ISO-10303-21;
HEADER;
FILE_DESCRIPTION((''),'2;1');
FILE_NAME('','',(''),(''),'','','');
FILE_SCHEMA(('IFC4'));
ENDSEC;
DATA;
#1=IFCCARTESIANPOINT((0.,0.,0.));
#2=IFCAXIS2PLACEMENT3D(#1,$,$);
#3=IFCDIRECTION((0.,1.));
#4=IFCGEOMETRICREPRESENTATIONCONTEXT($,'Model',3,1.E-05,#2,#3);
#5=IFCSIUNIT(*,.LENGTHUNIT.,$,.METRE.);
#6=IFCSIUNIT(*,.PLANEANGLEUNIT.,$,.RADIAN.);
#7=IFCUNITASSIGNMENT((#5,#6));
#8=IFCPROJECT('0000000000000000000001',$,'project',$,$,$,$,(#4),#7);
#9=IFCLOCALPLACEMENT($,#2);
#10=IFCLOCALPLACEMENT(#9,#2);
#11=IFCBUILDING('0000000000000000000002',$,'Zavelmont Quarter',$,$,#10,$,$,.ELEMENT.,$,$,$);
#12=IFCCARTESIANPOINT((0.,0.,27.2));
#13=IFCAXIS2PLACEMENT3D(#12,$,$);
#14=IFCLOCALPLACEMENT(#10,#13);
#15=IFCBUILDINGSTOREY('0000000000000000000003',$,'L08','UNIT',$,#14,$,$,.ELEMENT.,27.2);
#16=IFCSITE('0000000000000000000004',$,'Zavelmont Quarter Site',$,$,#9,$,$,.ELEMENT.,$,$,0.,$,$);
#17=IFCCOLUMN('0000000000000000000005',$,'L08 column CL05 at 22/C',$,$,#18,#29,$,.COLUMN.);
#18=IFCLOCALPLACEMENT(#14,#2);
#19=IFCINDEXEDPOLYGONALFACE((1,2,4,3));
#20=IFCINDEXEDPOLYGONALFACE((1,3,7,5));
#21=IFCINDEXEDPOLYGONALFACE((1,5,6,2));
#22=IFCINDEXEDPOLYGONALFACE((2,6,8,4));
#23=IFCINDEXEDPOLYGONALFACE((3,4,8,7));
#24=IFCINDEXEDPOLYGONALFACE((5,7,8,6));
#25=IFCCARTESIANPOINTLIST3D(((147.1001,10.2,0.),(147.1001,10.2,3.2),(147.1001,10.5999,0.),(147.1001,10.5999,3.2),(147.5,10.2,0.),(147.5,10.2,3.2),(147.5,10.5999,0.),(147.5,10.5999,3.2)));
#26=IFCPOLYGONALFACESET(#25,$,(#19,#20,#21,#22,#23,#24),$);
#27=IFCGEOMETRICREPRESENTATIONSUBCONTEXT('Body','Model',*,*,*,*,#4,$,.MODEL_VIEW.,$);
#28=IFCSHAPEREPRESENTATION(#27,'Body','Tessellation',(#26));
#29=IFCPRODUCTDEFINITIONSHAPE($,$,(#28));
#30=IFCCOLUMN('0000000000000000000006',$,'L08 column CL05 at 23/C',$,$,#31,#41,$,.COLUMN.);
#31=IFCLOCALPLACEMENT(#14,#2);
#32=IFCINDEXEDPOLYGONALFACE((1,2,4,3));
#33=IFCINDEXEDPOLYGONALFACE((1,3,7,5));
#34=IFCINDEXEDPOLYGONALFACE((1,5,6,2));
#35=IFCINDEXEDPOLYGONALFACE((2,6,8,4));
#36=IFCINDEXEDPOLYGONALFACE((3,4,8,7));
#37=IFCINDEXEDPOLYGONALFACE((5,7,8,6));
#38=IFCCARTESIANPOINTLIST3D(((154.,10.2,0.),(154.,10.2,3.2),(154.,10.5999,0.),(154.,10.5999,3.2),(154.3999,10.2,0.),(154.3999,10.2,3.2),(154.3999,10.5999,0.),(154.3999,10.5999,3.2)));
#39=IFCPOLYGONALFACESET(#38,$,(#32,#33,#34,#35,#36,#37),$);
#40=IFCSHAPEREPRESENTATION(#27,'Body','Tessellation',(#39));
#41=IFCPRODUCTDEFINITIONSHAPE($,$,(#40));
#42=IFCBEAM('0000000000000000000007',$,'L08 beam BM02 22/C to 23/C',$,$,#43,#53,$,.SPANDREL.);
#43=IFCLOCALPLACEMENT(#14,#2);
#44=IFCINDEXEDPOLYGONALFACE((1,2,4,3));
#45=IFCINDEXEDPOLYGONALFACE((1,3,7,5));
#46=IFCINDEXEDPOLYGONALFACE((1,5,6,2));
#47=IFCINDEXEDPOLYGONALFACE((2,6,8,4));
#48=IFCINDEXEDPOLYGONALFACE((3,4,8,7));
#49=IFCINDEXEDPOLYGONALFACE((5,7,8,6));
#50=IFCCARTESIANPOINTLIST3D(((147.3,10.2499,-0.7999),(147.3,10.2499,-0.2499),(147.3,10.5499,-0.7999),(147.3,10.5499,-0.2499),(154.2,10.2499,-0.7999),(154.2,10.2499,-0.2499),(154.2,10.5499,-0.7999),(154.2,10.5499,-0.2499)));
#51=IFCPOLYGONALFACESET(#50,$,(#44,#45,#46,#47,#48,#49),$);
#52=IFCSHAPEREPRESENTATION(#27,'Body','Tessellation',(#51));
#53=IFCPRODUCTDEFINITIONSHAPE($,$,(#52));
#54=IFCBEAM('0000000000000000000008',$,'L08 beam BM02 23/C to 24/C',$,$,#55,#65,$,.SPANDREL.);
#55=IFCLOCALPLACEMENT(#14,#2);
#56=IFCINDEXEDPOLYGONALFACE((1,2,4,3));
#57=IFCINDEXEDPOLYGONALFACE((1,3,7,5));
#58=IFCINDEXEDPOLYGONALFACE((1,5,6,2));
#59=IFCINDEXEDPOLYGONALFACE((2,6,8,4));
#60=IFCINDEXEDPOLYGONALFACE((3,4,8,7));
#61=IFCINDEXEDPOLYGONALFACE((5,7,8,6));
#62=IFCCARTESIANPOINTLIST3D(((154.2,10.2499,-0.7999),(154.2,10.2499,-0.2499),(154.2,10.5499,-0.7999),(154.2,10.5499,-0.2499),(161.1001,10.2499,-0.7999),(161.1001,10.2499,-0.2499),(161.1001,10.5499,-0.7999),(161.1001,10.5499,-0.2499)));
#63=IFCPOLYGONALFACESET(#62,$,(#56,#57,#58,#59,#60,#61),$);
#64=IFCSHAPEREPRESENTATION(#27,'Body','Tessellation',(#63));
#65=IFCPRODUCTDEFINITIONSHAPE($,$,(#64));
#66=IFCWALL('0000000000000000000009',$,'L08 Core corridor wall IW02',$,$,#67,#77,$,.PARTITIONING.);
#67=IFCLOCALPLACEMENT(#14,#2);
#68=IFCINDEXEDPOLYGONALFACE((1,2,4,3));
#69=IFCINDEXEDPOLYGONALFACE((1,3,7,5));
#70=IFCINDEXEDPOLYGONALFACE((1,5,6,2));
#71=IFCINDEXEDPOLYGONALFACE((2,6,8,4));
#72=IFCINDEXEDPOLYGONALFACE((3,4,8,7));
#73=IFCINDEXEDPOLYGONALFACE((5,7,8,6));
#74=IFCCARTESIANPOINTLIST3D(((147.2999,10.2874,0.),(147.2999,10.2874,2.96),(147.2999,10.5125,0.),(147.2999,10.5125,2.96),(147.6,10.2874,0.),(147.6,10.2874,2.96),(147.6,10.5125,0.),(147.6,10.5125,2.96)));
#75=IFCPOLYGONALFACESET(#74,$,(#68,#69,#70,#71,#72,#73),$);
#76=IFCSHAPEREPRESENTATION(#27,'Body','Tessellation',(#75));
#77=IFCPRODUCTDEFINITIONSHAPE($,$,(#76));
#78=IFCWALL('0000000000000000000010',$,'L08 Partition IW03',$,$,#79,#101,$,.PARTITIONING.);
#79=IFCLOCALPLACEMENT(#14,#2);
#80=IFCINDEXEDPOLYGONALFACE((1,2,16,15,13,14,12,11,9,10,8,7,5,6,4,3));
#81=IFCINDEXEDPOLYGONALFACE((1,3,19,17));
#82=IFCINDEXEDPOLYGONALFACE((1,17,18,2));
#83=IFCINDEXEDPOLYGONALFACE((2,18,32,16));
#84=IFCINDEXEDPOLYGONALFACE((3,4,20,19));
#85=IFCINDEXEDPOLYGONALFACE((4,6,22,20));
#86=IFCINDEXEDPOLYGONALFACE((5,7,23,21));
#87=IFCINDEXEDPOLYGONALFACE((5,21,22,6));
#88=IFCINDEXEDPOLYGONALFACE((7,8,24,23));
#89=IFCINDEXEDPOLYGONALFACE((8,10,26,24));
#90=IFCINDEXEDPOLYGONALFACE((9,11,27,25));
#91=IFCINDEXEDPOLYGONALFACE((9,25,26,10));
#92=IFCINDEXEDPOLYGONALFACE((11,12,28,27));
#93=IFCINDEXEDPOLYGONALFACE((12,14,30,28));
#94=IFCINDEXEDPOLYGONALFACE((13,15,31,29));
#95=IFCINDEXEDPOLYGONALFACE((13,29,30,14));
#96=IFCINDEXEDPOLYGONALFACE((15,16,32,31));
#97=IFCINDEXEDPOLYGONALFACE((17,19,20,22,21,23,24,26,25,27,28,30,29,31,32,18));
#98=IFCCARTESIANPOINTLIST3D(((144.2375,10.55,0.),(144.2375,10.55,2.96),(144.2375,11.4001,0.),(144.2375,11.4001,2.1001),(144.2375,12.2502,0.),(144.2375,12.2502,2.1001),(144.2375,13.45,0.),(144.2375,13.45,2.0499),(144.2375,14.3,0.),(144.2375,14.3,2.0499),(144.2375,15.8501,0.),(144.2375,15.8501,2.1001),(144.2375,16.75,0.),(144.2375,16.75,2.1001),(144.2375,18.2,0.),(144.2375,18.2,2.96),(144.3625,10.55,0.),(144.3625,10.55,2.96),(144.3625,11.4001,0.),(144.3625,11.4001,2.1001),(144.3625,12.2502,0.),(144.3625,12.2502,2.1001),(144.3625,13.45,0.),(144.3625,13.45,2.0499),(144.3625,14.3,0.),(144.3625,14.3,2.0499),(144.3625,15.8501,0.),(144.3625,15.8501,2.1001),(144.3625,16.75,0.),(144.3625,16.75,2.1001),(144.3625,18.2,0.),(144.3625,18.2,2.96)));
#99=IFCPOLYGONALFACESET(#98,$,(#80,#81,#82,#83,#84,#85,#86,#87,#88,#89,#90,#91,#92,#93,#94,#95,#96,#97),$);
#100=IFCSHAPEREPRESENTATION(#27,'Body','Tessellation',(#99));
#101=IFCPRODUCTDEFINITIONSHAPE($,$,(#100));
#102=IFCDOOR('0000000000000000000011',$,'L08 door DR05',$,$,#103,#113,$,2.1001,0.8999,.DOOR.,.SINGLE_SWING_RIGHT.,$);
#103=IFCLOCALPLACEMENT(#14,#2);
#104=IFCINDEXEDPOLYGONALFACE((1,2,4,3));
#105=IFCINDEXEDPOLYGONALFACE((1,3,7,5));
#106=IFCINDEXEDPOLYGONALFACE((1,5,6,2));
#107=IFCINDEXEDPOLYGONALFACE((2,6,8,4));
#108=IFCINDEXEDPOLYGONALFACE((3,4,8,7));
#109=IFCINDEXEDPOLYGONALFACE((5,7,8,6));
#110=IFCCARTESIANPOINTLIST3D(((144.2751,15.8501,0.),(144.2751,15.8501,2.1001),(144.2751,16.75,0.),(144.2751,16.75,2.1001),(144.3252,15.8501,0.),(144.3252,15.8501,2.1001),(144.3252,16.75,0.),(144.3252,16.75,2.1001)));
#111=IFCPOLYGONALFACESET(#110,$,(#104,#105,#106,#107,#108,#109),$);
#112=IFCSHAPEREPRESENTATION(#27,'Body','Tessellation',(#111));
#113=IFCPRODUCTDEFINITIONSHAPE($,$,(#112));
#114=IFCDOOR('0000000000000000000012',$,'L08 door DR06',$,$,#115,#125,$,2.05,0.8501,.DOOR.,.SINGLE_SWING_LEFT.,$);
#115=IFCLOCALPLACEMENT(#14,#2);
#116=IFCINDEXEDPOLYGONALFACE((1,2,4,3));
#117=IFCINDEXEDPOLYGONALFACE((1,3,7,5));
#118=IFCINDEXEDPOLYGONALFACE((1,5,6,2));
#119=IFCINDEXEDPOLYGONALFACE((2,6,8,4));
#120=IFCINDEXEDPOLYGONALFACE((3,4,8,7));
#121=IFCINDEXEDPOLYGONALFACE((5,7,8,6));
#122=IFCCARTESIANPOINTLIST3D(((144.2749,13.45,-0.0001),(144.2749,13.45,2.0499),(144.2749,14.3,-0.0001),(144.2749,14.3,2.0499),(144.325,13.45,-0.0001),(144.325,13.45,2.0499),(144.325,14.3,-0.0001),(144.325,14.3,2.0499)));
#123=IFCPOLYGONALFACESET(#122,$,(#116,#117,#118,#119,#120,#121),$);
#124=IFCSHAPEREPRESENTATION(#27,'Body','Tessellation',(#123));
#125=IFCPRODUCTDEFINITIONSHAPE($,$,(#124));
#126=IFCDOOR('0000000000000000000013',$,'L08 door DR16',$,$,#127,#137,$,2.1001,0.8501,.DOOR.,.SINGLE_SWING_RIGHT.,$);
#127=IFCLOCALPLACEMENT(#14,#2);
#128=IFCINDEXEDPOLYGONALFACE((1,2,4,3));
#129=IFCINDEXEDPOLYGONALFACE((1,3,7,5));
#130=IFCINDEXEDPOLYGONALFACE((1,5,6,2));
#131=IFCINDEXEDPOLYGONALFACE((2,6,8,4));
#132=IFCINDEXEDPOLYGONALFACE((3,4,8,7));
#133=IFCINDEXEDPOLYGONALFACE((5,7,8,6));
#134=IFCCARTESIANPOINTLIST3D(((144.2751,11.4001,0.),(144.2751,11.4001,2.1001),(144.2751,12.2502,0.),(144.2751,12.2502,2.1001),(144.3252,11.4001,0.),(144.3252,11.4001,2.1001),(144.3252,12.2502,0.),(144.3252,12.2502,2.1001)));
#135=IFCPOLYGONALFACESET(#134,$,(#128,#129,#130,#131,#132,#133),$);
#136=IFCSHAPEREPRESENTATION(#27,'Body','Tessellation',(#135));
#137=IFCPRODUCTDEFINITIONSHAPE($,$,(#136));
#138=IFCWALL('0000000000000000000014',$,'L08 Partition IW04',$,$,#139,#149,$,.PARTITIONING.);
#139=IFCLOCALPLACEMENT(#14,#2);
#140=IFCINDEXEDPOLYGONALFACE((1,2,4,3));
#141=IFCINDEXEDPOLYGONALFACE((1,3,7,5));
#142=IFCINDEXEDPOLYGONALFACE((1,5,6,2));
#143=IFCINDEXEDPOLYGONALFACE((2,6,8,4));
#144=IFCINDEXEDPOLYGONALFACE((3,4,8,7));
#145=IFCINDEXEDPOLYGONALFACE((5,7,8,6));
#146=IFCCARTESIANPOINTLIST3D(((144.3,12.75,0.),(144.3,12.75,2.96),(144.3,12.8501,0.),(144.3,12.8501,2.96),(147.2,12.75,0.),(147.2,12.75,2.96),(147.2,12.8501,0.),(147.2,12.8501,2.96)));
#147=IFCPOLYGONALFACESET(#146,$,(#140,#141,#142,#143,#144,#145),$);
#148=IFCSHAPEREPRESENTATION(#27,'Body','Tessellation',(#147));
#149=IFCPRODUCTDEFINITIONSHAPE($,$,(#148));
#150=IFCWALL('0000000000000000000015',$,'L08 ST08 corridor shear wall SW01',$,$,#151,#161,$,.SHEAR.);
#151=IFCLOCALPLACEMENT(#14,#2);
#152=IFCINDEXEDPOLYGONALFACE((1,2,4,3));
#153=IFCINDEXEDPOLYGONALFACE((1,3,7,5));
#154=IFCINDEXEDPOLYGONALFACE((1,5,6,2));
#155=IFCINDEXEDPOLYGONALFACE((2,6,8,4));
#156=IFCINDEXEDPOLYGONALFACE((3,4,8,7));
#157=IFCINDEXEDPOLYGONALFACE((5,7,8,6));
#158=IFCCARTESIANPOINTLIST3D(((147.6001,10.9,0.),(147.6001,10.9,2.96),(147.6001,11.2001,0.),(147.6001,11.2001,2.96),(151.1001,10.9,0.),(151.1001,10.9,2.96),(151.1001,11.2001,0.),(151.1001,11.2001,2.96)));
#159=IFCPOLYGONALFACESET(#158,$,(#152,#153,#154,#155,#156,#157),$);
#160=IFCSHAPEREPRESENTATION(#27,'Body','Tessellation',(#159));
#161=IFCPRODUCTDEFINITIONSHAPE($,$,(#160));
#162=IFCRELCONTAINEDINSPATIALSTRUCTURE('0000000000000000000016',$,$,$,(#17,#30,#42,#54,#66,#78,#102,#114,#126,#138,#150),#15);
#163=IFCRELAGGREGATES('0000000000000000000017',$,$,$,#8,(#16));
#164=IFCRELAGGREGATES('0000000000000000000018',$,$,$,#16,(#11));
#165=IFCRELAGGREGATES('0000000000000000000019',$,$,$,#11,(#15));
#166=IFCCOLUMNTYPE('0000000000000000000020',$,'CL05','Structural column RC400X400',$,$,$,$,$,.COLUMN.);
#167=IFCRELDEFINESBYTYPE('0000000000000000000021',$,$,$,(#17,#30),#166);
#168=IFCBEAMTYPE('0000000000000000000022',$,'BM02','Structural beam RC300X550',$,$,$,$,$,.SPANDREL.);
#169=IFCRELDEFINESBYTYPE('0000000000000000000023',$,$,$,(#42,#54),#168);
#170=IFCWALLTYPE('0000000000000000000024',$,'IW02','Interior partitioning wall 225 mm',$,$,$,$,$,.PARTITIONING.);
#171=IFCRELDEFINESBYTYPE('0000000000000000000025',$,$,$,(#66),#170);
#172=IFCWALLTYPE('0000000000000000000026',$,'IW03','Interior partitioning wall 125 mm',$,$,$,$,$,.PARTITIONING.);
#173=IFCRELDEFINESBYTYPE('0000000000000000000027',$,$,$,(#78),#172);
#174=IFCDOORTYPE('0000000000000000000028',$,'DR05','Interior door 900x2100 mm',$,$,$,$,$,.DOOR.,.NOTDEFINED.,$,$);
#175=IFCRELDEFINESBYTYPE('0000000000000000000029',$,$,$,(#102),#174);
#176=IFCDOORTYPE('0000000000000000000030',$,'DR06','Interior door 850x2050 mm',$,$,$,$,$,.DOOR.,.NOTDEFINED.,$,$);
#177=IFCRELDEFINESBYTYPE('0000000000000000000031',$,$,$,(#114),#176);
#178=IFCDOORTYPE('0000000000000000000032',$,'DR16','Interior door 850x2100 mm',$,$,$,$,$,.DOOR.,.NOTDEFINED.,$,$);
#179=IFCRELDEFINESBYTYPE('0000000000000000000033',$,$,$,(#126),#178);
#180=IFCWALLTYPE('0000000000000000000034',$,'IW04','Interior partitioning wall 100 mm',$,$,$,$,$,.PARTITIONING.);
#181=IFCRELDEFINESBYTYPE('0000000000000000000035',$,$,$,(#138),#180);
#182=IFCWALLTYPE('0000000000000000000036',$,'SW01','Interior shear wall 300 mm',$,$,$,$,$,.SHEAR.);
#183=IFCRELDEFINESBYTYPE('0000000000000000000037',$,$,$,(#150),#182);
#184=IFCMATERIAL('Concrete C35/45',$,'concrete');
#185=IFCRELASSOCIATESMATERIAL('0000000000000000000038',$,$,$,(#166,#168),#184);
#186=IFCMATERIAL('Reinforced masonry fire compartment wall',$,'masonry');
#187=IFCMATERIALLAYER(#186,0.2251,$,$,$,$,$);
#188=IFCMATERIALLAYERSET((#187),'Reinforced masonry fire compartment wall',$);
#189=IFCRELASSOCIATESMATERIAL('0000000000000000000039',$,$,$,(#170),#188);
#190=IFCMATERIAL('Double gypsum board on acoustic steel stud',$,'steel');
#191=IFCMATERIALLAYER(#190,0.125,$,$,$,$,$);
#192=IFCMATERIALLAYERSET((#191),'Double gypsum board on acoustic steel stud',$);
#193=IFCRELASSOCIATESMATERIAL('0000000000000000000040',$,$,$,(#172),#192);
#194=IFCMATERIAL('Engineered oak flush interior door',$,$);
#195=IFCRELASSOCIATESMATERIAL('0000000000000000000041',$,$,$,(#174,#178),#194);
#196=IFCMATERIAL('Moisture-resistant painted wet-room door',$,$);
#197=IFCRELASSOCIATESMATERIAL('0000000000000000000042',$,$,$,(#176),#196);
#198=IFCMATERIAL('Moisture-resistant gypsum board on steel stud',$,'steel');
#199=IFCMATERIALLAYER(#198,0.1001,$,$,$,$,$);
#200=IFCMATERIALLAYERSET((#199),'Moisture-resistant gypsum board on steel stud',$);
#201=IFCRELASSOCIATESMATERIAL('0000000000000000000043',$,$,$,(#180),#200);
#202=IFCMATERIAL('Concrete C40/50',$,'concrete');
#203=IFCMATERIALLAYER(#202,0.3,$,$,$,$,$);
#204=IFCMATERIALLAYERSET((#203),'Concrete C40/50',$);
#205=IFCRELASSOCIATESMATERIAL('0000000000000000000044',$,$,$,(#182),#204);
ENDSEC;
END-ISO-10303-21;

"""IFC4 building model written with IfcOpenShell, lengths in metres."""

from ifc_helpers import new_model, si_unit, direction, frame, frame_2d, origin, origin_with_axes, origin_2d, place, context, subcontext, project, spatial, rectangle, extrude, material, layer, layer_set, material_profile, profile_set, type_object, element, fill, save


model = new_model("IFC4")

# Units and contexts
model_context = context("Model", 3, precision=1e-05, world=origin(), true_north=direction((0.0, 1.0)))
body_context = subcontext(model_context, "Body", "Model", "MODEL_VIEW")
ifc_project = project(units=[si_unit("LENGTHUNIT", "METRE"), si_unit("PLANEANGLEUNIT", "RADIAN")], contexts=[model_context])

# Site, building, storey
site_placement = place(None, origin())
site = spatial("IfcSite", under=ifc_project, at=site_placement, Name="Zavelmont Quarter Site", CompositionType="ELEMENT", RefElevation=0.0)
building_placement = place(site_placement, origin())
building = spatial("IfcBuilding", under=site, at=building_placement, Name="Zavelmont Quarter", CompositionType="ELEMENT")
storey_placement = place(building_placement, frame((0.0, 0.0, 27.2)))
storey = spatial("IfcBuildingStorey", under=building, at=storey_placement, Name="L08", Description="UNIT", CompositionType="ELEMENT", Elevation=27.2)

# Columns
ifc_material_1 = material(Name="Concrete C35/45", Category="concrete")
ifc_material_profile_1 = material_profile(ifc_material_1, rectangle(XDim=0.3999, YDim=0.3999, at=origin_2d()), Name="RC400X400")
ifc_profile_set_1 = profile_set([ifc_material_profile_1], Name="Concrete C35/45")
column_type = type_object("IfcColumnType", Name="CL05", Description="Structural column RC400X400", PredefinedType="COLUMN", material=ifc_profile_set_1)
for number, where, z_axis, x_axis, name in (
    (1, (147.3, 10.3999, 0.0), (0.0, 0.0, 1.0), (1.0, 0.0, 0.0), "L08 column CL05 at 22/C"),
    (2, (154.2, 10.3999, 0.0), (0.0, 0.0, 1.0), (1.0, 0.0, 0.0), "L08 column CL05 at 23/C"),
):
    element("IfcColumn", number, at=place(storey_placement, frame(where, z_axis=z_axis, x_axis=x_axis)), inside=storey, type_object=column_type, Name=name, PredefinedType="COLUMN", context=body_context, shape_type="SweptSolid", body=[
        extrude(rectangle(XDim=0.3999, YDim=0.3999, at=origin_2d()), origin(), (0.0, 0.0, 1.0), 3.2),
    ])

# Beams
ifc_material_profile_2 = material_profile(ifc_material_1, rectangle(XDim=0.3, YDim=0.55, at=origin_2d()), Name="RC300X550")
ifc_profile_set_2 = profile_set([ifc_material_profile_2], Name="Concrete C35/45")
beam_type = type_object("IfcBeamType", Name="BM02", Description="Structural beam RC300X550", PredefinedType="SPANDREL", material=ifc_profile_set_2)
beam_1_placement = place(storey_placement, frame((147.3, 10.3999, -0.5249), z_axis=(1.0, 0.0, 0.0), x_axis=(0.0, 1.0, 0.0)))
element("IfcBeam", 3, at=beam_1_placement, inside=storey, type_object=beam_type, Name="L08 beam BM02 22/C to 23/C", PredefinedType="SPANDREL", context=body_context, shape_type="SweptSolid", body=[
    extrude(rectangle(XDim=0.3, YDim=0.55, at=origin_2d()), origin(), (0.0, 0.0, 1.0), 6.8999),
])
beam_2_placement = place(storey_placement, frame((154.2, 10.3999, -0.5249), z_axis=(1.0, 0.0, 0.0), x_axis=(0.0, 1.0, 0.0)))
element("IfcBeam", 4, at=beam_2_placement, inside=storey, type_object=beam_type, Name="L08 beam BM02 23/C to 24/C", PredefinedType="SPANDREL", context=body_context, shape_type="SweptSolid", body=[
    extrude(rectangle(XDim=0.3, YDim=0.55, at=origin_2d()), origin(), (0.0, 0.0, 1.0), 6.9001),
])

# Wall
ifc_material_2 = material(Name="Reinforced masonry fire compartment wall", Category="masonry")
ifc_layer_1 = layer(ifc_material_2, 0.2251)
ifc_layer_set_1 = layer_set([ifc_layer_1], Name="Reinforced masonry fire compartment wall")
wall_type_1 = type_object("IfcWallType", Name="IW02", Description="Interior partitioning wall 225 mm", PredefinedType="PARTITIONING", material=ifc_layer_set_1)
wall_1_placement = place(storey_placement, frame((147.3, 10.3999, 0.0), z_axis=(0.0, 0.0, 1.0), x_axis=(1.0, 0.0, 0.0)))
element("IfcWall", 5, at=wall_1_placement, inside=storey, type_object=wall_type_1, Name="L08 Core corridor wall IW02", PredefinedType="PARTITIONING", context=body_context, shape_type="SweptSolid", body=[
    extrude(rectangle(XDim=0.3, YDim=0.2251, at=frame_2d((0.1499, 0.0))), origin(), (0.0, 0.0, 1.0), 2.96),
])

# Wall, openings, doors
ifc_material_3 = material(Name="Double gypsum board on acoustic steel stud", Category="steel")
ifc_layer_2 = layer(ifc_material_3, 0.125)
ifc_layer_set_2 = layer_set([ifc_layer_2], Name="Double gypsum board on acoustic steel stud")
wall_type_2 = type_object("IfcWallType", Name="IW03", Description="Interior partitioning wall 125 mm", PredefinedType="PARTITIONING", material=ifc_layer_set_2)
wall_2_placement = place(storey_placement, frame((144.3, 10.55, 0.0), z_axis=(0.0, 0.0, 1.0), x_axis=(0.0, 1.0, 0.0)))
wall_2 = element("IfcWall", 6, at=wall_2_placement, inside=storey, type_object=wall_type_2, Name="L08 Partition IW03", PredefinedType="PARTITIONING", context=body_context, shape_type="SweptSolid", body=[
    extrude(rectangle(XDim=7.6499, YDim=0.125, at=frame_2d((3.825, 0.0))), origin(), (0.0, 0.0, 1.0), 2.96),
])
opening_1_placement = place(wall_2_placement, frame((0.8501, 0.0, 0.0)))
opening_1 = element("IfcOpeningElement", 7, at=opening_1_placement, cuts=wall_2, PredefinedType="OPENING", context=body_context, shape_type="SweptSolid", body=[
    extrude(rectangle(XDim=0.8501, YDim=2.1001, at=frame_2d((0.425, 1.05))), frame((0.0, 0.0745, 0.0), z_axis=(0.0, -1.0, 0.0), x_axis=(1.0, 0.0, 0.0)), (0.0, 0.0, 1.0), 0.1489),
])
opening_2_placement = place(wall_2_placement, frame((2.8999, 0.0, 0.0)))
opening_2 = element("IfcOpeningElement", 8, at=opening_2_placement, cuts=wall_2, PredefinedType="OPENING", context=body_context, shape_type="SweptSolid", body=[
    extrude(rectangle(XDim=0.8501, YDim=2.05, at=frame_2d((0.425, 1.0249))), frame((0.0, 0.0745, 0.0), z_axis=(0.0, -1.0, 0.0), x_axis=(1.0, 0.0, 0.0)), (0.0, 0.0, 1.0), 0.1489),
])
opening_3_placement = place(wall_2_placement, frame((5.3, 0.0, 0.0)))
opening_3 = element("IfcOpeningElement", 9, at=opening_3_placement, cuts=wall_2, PredefinedType="OPENING", context=body_context, shape_type="SweptSolid", body=[
    extrude(rectangle(XDim=0.8999, YDim=2.1001, at=frame_2d((0.45, 1.05))), frame((0.0, 0.0745, 0.0), z_axis=(0.0, -1.0, 0.0), x_axis=(1.0, 0.0, 0.0)), (0.0, 0.0, 1.0), 0.1489),
])
ifc_material_4 = material(Name="Engineered oak flush interior door")
door_type_1 = type_object("IfcDoorType", Name="DR05", Description="Interior door 900x2100 mm", OperationType="NOTDEFINED", PredefinedType="DOOR", material=ifc_material_4)
door_1_placement = place(opening_3_placement, origin_with_axes())
door_1 = element("IfcDoor", 10, at=door_1_placement, inside=storey, type_object=door_type_1, Name="L08 door DR05", OperationType="SINGLE_SWING_RIGHT", OverallHeight=2.1001, OverallWidth=0.8999, PredefinedType="DOOR", context=body_context, shape_type="SweptSolid", body=[
    extrude(rectangle(XDim=0.8999, YDim=2.1001, at=frame_2d((0.45, 1.05))), frame((0.0, 0.0249, 0.0), z_axis=(0.0, -1.0, 0.0), x_axis=(1.0, 0.0, 0.0)), (0.0, 0.0, 1.0), 0.05),
])
fill(opening_3, door_1)
ifc_material_5 = material(Name="Moisture-resistant painted wet-room door")
door_type_2 = type_object("IfcDoorType", Name="DR06", Description="Interior door 850x2050 mm", OperationType="NOTDEFINED", PredefinedType="DOOR", material=ifc_material_5)
door_2_placement = place(opening_2_placement, frame((0.8501, 0.0, 0.0), z_axis=(0.0, 0.0, 1.0), x_axis=(-1.0, 0.0, 0.0)))
door_2 = element("IfcDoor", 11, at=door_2_placement, inside=storey, type_object=door_type_2, Name="L08 door DR06", OperationType="SINGLE_SWING_LEFT", OverallHeight=2.05, OverallWidth=0.8501, PredefinedType="DOOR", context=body_context, shape_type="SweptSolid", body=[
    extrude(rectangle(XDim=0.8501, YDim=2.05, at=frame_2d((0.425, 1.0249))), frame((0.0, 0.0249, 0.0), z_axis=(0.0, -1.0, 0.0), x_axis=(1.0, 0.0, 0.0)), (0.0, 0.0, 1.0), 0.05),
])
fill(opening_2, door_2)
door_type_3 = type_object("IfcDoorType", Name="DR16", Description="Interior door 850x2100 mm", OperationType="NOTDEFINED", PredefinedType="DOOR", material=ifc_material_4)
door_3_placement = place(opening_1_placement, origin_with_axes())
door_3 = element("IfcDoor", 12, at=door_3_placement, inside=storey, type_object=door_type_3, Name="L08 door DR16", OperationType="SINGLE_SWING_RIGHT", OverallHeight=2.1001, OverallWidth=0.8501, PredefinedType="DOOR", context=body_context, shape_type="SweptSolid", body=[
    extrude(rectangle(XDim=0.8501, YDim=2.1001, at=frame_2d((0.425, 1.05))), frame((0.0, 0.0249, 0.0), z_axis=(0.0, -1.0, 0.0), x_axis=(1.0, 0.0, 0.0)), (0.0, 0.0, 1.0), 0.05),
])
fill(opening_1, door_3)

# Walls
ifc_material_6 = material(Name="Moisture-resistant gypsum board on steel stud", Category="steel")
ifc_layer_3 = layer(ifc_material_6, 0.1001)
ifc_layer_set_3 = layer_set([ifc_layer_3], Name="Moisture-resistant gypsum board on steel stud")
wall_type_3 = type_object("IfcWallType", Name="IW04", Description="Interior partitioning wall 100 mm", PredefinedType="PARTITIONING", material=ifc_layer_set_3)
wall_3_placement = place(storey_placement, frame((144.3, 12.8, 0.0), z_axis=(0.0, 0.0, 1.0), x_axis=(1.0, 0.0, 0.0)))
element("IfcWall", 13, at=wall_3_placement, inside=storey, type_object=wall_type_3, Name="L08 Partition IW04", PredefinedType="PARTITIONING", context=body_context, shape_type="SweptSolid", body=[
    extrude(rectangle(XDim=2.8999, YDim=0.1001, at=frame_2d((1.45, 0.0))), origin(), (0.0, 0.0, 1.0), 2.96),
])
ifc_material_7 = material(Name="Concrete C40/50", Category="concrete")
ifc_layer_4 = layer(ifc_material_7, 0.3)
ifc_layer_set_4 = layer_set([ifc_layer_4], Name="Concrete C40/50")
wall_type_4 = type_object("IfcWallType", Name="SW01", Description="Interior shear wall 300 mm", PredefinedType="SHEAR", material=ifc_layer_set_4)
wall_4_placement = place(storey_placement, frame((147.6001, 11.05, 0.0), z_axis=(0.0, 0.0, 1.0), x_axis=(1.0, 0.0, 0.0)))
element("IfcWall", 14, at=wall_4_placement, inside=storey, type_object=wall_type_4, Name="L08 ST08 corridor shear wall SW01", PredefinedType="SHEAR", context=body_context, shape_type="SweptSolid", body=[
    extrude(rectangle(XDim=3.5, YDim=0.3, at=frame_2d((1.75, 0.0))), origin(), (0.0, 0.0, 1.0), 2.96),
])

save(model, "model.ifc")
